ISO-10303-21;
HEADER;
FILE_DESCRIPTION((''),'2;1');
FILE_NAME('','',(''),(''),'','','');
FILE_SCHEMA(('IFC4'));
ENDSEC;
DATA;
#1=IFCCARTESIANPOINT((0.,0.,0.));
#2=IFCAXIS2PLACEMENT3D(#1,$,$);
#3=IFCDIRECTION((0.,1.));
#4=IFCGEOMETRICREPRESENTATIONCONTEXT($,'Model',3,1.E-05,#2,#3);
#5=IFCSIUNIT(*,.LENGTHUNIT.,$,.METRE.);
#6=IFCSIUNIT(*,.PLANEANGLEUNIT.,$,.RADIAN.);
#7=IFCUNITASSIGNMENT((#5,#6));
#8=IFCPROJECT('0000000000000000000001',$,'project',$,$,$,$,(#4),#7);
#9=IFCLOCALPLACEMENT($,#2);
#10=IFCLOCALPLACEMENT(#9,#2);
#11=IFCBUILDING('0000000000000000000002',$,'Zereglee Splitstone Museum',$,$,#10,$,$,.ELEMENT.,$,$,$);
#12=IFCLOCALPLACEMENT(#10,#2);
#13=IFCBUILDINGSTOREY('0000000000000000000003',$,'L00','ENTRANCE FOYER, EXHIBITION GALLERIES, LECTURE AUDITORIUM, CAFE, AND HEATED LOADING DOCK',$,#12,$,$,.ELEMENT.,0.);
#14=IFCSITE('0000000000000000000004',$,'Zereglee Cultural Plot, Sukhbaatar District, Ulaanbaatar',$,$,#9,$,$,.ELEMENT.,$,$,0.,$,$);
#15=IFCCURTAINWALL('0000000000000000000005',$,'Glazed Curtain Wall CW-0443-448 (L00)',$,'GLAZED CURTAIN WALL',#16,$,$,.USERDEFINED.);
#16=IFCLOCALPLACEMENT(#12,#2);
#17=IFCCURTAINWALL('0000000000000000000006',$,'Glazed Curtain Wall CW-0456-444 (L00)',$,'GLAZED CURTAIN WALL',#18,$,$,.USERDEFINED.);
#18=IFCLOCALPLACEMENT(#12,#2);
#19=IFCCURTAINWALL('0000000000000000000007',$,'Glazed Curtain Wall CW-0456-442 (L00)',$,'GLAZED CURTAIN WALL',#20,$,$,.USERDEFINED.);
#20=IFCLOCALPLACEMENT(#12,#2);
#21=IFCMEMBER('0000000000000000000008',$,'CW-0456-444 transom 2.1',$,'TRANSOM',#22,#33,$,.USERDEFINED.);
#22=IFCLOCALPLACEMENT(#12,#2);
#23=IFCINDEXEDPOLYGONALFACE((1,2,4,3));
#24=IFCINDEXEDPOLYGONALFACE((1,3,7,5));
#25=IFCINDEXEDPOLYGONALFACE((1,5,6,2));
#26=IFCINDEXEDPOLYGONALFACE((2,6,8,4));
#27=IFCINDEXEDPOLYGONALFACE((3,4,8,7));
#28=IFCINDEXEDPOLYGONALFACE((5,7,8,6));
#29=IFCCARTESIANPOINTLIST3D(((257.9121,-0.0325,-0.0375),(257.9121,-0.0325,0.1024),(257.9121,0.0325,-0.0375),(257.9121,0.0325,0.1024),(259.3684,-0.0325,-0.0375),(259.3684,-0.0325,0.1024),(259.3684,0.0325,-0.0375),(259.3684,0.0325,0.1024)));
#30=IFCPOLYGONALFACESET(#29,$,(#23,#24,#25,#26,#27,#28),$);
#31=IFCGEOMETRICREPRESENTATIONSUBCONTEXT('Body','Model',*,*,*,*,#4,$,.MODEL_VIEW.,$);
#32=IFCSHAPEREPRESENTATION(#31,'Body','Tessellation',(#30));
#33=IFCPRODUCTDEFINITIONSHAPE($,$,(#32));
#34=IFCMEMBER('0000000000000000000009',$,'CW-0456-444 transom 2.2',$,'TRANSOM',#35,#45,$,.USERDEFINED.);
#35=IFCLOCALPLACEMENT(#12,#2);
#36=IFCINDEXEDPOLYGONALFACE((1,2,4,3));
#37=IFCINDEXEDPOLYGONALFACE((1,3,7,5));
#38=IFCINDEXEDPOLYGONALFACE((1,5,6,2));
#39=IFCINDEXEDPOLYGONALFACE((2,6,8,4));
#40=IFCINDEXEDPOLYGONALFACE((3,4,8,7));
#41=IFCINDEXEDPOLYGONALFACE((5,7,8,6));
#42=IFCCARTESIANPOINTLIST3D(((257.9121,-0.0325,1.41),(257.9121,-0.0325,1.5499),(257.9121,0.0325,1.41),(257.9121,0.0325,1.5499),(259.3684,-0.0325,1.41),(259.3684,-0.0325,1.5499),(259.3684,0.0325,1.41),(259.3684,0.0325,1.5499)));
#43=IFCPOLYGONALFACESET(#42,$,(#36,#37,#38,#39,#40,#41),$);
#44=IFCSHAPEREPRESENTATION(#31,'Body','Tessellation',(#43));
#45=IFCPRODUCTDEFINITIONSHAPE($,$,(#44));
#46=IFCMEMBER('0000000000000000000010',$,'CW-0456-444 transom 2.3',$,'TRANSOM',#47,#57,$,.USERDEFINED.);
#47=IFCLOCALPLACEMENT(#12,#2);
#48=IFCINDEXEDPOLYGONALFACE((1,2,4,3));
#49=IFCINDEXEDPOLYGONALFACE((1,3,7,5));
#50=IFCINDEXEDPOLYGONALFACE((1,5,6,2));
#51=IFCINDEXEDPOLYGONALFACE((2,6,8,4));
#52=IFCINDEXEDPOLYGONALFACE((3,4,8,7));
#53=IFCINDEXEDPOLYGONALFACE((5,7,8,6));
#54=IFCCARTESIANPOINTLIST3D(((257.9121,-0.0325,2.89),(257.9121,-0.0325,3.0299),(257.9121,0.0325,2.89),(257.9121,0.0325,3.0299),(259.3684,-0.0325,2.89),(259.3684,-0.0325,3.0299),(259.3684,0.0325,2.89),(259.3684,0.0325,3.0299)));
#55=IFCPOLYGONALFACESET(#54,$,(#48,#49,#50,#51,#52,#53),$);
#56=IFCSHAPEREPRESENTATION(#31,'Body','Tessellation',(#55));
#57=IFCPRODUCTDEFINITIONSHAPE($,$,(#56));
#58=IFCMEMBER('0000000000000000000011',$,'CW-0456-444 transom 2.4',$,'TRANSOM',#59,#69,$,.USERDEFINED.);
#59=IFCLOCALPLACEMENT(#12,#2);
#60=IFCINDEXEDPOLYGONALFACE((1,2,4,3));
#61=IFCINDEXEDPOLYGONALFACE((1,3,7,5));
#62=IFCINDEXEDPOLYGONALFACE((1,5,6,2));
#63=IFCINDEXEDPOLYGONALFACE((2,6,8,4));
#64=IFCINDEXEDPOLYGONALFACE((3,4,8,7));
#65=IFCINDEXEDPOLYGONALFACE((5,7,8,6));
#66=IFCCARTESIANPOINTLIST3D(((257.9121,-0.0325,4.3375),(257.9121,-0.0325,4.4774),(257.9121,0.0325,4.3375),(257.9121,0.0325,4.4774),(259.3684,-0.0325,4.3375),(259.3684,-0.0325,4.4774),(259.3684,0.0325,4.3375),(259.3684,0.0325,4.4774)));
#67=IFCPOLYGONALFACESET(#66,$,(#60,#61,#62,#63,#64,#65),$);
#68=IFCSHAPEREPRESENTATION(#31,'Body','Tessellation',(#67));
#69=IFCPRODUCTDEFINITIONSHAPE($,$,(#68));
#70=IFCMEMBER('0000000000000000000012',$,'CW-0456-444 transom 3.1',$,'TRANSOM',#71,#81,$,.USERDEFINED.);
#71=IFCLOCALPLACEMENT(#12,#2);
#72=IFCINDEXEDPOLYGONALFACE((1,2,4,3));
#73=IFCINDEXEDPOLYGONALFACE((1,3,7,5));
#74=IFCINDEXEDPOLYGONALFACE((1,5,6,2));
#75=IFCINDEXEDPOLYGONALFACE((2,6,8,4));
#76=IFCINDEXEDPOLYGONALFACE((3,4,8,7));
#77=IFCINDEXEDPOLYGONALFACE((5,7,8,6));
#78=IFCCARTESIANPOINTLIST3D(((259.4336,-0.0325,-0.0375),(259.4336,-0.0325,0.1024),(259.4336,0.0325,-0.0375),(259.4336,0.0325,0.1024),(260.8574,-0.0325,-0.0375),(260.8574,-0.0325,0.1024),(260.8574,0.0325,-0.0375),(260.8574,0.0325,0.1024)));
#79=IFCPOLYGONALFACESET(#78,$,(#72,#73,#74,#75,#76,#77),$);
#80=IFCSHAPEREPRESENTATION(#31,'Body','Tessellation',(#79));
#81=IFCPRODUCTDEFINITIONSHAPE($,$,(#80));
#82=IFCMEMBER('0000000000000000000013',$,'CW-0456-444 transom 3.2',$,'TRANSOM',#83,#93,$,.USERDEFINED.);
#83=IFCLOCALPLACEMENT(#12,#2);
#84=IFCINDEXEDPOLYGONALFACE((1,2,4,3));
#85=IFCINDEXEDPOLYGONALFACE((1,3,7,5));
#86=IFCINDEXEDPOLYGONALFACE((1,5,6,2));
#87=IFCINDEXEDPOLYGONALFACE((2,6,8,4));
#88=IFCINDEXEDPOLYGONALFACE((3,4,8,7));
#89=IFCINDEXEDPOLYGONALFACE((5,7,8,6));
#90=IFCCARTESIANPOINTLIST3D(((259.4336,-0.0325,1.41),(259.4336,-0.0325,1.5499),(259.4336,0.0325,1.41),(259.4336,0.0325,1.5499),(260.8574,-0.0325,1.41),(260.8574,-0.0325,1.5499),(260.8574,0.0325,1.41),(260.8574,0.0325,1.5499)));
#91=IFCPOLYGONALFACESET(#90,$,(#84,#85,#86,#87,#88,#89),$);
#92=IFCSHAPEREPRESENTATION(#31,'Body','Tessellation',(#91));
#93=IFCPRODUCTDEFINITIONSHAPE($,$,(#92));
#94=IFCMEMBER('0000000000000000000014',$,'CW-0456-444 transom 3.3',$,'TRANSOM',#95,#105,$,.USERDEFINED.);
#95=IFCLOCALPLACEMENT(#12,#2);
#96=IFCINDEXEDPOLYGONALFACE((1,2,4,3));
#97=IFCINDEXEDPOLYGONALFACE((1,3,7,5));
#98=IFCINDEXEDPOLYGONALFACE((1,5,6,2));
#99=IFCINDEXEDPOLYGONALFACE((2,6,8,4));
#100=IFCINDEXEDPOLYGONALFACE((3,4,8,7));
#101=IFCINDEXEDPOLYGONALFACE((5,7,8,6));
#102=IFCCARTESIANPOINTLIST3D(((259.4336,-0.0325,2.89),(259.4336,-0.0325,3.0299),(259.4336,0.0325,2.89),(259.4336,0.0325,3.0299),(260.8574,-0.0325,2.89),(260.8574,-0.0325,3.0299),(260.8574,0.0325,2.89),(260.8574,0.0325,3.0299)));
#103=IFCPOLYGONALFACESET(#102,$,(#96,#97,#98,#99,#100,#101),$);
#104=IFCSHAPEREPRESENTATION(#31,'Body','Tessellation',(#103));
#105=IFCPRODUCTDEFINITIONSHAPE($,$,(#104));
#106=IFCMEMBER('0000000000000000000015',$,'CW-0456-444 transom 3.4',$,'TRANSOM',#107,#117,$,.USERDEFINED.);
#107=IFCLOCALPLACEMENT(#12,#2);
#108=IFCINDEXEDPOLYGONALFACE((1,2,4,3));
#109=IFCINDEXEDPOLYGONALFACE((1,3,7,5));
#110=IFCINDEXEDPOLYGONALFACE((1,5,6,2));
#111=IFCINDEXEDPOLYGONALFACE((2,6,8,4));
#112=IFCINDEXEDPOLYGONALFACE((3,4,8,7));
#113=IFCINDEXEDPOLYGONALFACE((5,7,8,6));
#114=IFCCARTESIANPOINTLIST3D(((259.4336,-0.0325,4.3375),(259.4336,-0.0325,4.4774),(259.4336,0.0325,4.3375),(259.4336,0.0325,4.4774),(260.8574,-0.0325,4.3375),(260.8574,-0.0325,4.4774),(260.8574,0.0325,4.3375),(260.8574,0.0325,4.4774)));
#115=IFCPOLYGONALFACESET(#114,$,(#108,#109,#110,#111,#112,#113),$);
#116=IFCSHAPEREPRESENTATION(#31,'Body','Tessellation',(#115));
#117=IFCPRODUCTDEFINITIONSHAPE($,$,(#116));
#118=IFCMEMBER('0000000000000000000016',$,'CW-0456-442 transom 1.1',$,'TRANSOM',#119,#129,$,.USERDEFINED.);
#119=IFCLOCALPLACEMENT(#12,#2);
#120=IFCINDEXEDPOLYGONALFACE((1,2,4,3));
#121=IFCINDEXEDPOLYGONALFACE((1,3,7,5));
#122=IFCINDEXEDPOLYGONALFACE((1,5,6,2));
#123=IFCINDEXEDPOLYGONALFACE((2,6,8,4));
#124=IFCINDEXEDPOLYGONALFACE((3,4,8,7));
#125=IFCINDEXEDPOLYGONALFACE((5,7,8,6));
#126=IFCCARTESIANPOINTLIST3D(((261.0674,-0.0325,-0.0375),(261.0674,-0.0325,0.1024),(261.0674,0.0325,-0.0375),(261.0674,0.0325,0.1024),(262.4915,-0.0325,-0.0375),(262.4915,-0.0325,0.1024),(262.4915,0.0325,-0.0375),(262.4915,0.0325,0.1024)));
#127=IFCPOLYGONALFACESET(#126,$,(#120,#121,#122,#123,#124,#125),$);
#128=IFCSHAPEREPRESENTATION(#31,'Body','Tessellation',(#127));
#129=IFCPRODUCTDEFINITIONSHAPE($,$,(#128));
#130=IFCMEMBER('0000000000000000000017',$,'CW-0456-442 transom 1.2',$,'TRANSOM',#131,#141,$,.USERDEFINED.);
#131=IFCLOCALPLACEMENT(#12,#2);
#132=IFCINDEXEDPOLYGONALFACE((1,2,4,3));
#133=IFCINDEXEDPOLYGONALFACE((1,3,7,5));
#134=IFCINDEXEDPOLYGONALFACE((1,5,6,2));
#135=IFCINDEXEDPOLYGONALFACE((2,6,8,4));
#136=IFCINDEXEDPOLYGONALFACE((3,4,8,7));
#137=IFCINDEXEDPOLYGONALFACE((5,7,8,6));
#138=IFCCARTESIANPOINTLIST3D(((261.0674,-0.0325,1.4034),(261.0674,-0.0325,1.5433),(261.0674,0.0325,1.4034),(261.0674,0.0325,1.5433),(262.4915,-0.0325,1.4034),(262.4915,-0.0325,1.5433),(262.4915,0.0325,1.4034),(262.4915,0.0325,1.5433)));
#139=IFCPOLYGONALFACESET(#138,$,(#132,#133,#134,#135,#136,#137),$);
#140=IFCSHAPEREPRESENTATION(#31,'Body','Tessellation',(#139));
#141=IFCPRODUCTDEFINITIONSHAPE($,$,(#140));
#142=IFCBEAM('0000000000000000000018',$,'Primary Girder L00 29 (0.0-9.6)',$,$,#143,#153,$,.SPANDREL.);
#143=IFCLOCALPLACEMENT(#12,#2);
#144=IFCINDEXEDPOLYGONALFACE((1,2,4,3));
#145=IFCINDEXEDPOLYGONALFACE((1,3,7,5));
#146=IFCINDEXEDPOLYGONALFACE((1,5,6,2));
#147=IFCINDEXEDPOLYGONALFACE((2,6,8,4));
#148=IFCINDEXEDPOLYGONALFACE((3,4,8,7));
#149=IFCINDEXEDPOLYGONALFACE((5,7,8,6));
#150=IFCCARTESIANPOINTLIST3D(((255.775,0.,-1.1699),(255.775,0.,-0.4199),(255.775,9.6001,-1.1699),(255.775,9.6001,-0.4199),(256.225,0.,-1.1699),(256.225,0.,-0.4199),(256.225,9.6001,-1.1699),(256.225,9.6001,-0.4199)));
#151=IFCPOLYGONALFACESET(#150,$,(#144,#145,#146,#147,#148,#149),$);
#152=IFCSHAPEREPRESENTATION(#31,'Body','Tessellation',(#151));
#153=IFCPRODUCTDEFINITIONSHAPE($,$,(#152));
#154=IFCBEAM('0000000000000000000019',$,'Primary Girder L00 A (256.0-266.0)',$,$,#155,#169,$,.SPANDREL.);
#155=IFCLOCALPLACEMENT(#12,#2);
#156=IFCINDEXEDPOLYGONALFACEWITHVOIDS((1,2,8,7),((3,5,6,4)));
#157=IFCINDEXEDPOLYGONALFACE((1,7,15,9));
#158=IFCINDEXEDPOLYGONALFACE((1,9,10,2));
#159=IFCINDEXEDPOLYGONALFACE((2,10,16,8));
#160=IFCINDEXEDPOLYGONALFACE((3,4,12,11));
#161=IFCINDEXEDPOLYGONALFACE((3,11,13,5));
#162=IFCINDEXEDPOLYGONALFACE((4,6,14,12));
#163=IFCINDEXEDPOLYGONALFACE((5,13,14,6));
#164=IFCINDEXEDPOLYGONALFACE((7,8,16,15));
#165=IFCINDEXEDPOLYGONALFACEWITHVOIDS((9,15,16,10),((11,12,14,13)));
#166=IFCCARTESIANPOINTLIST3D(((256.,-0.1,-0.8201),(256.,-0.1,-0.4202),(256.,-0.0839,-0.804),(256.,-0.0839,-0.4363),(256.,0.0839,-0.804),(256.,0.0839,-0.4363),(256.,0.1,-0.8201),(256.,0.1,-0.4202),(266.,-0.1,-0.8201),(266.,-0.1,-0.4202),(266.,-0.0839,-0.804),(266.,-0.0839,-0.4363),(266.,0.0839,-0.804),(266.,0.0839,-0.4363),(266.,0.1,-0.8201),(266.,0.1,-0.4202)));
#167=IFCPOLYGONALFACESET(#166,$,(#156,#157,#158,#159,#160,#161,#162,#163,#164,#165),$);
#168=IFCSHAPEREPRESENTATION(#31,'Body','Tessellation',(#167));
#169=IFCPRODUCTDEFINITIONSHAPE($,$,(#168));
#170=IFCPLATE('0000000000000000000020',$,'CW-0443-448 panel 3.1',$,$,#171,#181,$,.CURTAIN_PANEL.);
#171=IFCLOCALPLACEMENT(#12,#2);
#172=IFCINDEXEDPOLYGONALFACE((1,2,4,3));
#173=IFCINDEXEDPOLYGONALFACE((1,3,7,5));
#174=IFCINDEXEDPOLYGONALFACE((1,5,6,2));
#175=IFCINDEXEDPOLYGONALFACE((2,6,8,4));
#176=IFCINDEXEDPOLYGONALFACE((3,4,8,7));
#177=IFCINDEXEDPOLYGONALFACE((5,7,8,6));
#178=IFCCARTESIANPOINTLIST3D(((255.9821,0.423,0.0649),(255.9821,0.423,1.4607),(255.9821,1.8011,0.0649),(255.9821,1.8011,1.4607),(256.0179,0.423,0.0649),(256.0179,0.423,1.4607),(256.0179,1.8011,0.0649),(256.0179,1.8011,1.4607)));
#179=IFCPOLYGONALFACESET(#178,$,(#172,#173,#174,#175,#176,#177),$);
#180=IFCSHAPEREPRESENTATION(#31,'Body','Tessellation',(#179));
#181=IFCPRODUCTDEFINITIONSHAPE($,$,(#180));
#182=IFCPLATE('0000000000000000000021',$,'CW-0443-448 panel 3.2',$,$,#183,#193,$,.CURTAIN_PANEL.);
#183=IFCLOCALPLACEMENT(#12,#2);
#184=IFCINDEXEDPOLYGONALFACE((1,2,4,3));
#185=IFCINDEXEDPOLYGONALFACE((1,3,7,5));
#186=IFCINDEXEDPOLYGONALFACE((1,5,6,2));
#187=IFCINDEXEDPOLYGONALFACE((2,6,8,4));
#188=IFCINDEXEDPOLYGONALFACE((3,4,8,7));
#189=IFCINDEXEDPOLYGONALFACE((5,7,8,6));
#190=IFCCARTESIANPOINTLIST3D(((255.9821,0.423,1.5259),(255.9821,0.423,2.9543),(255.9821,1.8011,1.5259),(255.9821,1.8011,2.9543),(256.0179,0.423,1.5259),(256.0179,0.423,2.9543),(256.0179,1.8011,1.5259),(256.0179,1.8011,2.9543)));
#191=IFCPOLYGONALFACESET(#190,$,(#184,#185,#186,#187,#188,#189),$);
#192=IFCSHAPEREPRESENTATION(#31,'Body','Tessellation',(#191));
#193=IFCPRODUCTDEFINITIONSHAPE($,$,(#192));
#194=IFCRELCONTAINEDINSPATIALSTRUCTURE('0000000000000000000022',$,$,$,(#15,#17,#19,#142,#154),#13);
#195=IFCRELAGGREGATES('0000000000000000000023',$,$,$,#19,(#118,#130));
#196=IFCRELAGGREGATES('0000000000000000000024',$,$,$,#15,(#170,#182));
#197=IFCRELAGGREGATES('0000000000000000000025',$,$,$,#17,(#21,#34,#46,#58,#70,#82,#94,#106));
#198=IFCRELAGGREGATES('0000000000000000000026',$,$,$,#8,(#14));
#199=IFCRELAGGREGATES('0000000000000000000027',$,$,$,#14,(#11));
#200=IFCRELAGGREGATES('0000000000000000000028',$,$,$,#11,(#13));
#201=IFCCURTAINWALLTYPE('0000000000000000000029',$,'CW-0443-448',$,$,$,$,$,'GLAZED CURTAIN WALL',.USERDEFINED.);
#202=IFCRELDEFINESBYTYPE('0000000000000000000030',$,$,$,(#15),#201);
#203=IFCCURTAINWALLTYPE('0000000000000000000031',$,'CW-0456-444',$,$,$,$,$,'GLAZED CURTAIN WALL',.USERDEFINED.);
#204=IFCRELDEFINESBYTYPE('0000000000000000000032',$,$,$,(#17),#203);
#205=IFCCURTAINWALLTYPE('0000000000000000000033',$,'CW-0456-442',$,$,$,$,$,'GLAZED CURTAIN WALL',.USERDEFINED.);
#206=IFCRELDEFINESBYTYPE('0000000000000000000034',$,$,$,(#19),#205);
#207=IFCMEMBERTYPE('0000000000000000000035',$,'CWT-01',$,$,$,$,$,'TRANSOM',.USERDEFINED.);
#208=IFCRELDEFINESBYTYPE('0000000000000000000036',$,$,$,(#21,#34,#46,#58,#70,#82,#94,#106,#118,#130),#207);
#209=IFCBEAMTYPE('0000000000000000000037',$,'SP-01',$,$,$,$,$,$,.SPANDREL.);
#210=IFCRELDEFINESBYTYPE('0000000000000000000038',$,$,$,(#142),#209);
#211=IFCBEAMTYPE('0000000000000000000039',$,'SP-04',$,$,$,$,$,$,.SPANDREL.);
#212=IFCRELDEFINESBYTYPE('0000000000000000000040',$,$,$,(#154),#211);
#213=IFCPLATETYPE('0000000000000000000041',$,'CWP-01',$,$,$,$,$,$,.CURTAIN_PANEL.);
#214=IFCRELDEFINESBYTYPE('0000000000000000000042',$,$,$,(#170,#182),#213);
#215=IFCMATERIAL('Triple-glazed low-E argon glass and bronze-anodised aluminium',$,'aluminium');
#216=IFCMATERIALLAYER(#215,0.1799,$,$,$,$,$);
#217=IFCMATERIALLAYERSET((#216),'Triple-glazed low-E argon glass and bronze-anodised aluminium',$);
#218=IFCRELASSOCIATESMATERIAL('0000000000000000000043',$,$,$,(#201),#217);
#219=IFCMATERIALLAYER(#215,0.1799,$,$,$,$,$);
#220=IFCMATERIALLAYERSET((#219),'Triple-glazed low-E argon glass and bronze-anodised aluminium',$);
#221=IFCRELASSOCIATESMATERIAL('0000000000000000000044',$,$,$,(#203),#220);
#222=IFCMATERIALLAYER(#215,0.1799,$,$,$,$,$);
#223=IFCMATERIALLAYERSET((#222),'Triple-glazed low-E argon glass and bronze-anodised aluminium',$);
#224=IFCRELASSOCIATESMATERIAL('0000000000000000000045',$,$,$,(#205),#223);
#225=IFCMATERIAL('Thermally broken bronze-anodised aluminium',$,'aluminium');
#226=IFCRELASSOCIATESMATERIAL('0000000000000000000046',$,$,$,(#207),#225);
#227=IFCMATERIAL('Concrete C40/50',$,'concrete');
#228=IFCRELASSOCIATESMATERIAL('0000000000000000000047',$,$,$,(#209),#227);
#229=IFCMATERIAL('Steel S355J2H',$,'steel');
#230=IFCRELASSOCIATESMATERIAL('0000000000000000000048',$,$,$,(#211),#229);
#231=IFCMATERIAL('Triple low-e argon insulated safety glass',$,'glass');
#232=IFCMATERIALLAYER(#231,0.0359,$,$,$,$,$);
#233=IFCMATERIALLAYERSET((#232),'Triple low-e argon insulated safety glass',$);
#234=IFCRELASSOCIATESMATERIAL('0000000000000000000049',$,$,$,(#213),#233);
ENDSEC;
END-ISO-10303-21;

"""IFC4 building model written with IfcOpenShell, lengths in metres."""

from ifc_helpers import new_model, si_unit, direction, frame, origin, origin_2d, place, context, subcontext, project, spatial, rectangle, hollow_rectangle, extrude, material, layer, layer_set, material_profile, profile_set, type_object, element, aggregate, save


model = new_model("IFC4")

# Units and contexts
model_context = context("Model", 3, precision=1e-05, world=origin(), true_north=direction((0.0, 1.0)))
body_context = subcontext(model_context, "Body", "Model", "MODEL_VIEW")
ifc_project = project(units=[si_unit("LENGTHUNIT", "METRE"), si_unit("PLANEANGLEUNIT", "RADIAN")], contexts=[model_context])

# Site, building, storey
site_placement = place(None, origin())
site = spatial("IfcSite", under=ifc_project, at=site_placement, Name="Zereglee Cultural Plot, Sukhbaatar District, Ulaanbaatar", CompositionType="ELEMENT", RefElevation=0.0)
building_placement = place(site_placement, origin())
building = spatial("IfcBuilding", under=site, at=building_placement, Name="Zereglee Splitstone Museum", CompositionType="ELEMENT")
storey_placement = place(building_placement, origin())
storey = spatial("IfcBuildingStorey", under=building, at=storey_placement, Name="L00", Description="ENTRANCE FOYER, EXHIBITION GALLERIES, LECTURE AUDITORIUM, CAFE, AND HEATED LOADING DOCK", CompositionType="ELEMENT", Elevation=0.0)

# Curtain wall
ifc_material_1 = material(Name="Triple-glazed low-E argon glass and bronze-anodised aluminium", Category="aluminium")
ifc_layer_1 = layer(ifc_material_1, 0.1799)
ifc_layer_set_1 = layer_set([ifc_layer_1], Name="Triple-glazed low-E argon glass and bronze-anodised aluminium")
curtain_wall_type_1 = type_object("IfcCurtainWallType", Name="CW-0443-448", ElementType="GLAZED CURTAIN WALL", PredefinedType="USERDEFINED", material=ifc_layer_set_1)
curtain_wall_1_placement = place(storey_placement, origin())
curtain_wall_1 = element("IfcCurtainWall", 1, at=curtain_wall_1_placement, inside=storey, type_object=curtain_wall_type_1, Name="Glazed Curtain Wall CW-0443-448 (L00)", ObjectType="GLAZED CURTAIN WALL", PredefinedType="USERDEFINED")
ifc_material_2 = material(Name="Thermally broken bronze-anodised aluminium", Category="aluminium")

# Curtain wall
ifc_layer_2 = layer(ifc_material_1, 0.1799)
ifc_layer_set_2 = layer_set([ifc_layer_2], Name="Triple-glazed low-E argon glass and bronze-anodised aluminium")
curtain_wall_type_2 = type_object("IfcCurtainWallType", Name="CW-0456-444", ElementType="GLAZED CURTAIN WALL", PredefinedType="USERDEFINED", material=ifc_layer_set_2)
curtain_wall_2_placement = place(storey_placement, origin())
curtain_wall_2 = element("IfcCurtainWall", 2, at=curtain_wall_2_placement, inside=storey, type_object=curtain_wall_type_2, Name="Glazed Curtain Wall CW-0456-444 (L00)", ObjectType="GLAZED CURTAIN WALL", PredefinedType="USERDEFINED")

# Curtain wall
ifc_layer_3 = layer(ifc_material_1, 0.1799)
ifc_layer_set_3 = layer_set([ifc_layer_3], Name="Triple-glazed low-E argon glass and bronze-anodised aluminium")
curtain_wall_type_3 = type_object("IfcCurtainWallType", Name="CW-0456-442", ElementType="GLAZED CURTAIN WALL", PredefinedType="USERDEFINED", material=ifc_layer_set_3)
curtain_wall_3_placement = place(storey_placement, origin())
curtain_wall_3 = element("IfcCurtainWall", 3, at=curtain_wall_3_placement, inside=storey, type_object=curtain_wall_type_3, Name="Glazed Curtain Wall CW-0456-442 (L00)", ObjectType="GLAZED CURTAIN WALL", PredefinedType="USERDEFINED")

# Members
ifc_material_profile_1 = material_profile(ifc_material_2, rectangle(XDim=0.0649, YDim=0.1399, at=origin_2d()), Name="CW TRAN 65x140")
ifc_profile_set_1 = profile_set([ifc_material_profile_1], Name="Thermally broken bronze-anodised aluminium")
member_type_1 = type_object("IfcMemberType", Name="CWT-01", ElementType="TRANSOM", PredefinedType="USERDEFINED", material=ifc_profile_set_1)
member_1_placement = place(storey_placement, frame((257.9121, 0.0, 0.0325), z_axis=(1.0, 0.0, 0.0), x_axis=(0.0, 1.0, 0.0)))
member_1 = element("IfcMember", 4, at=member_1_placement, type_object=member_type_1, Name="CW-0456-444 transom 2.1", ObjectType="TRANSOM", PredefinedType="USERDEFINED", context=body_context, shape_type="SweptSolid", body=[
    extrude(rectangle(XDim=0.0649, YDim=0.1399, at=origin_2d()), origin(), (0.0, 0.0, 1.0), 1.4563),
])
member_2_placement = place(storey_placement, frame((257.9121, 0.0, 1.48), z_axis=(1.0, 0.0, 0.0), x_axis=(0.0, 1.0, 0.0)))
member_2 = element("IfcMember", 5, at=member_2_placement, type_object=member_type_1, Name="CW-0456-444 transom 2.2", ObjectType="TRANSOM", PredefinedType="USERDEFINED", context=body_context, shape_type="SweptSolid", body=[
    extrude(rectangle(XDim=0.0649, YDim=0.1399, at=origin_2d()), origin(), (0.0, 0.0, 1.0), 1.4563),
])
member_3_placement = place(storey_placement, frame((257.9121, 0.0, 2.96), z_axis=(1.0, 0.0, 0.0), x_axis=(0.0, 1.0, 0.0)))
member_3 = element("IfcMember", 6, at=member_3_placement, type_object=member_type_1, Name="CW-0456-444 transom 2.3", ObjectType="TRANSOM", PredefinedType="USERDEFINED", context=body_context, shape_type="SweptSolid", body=[
    extrude(rectangle(XDim=0.0649, YDim=0.1399, at=origin_2d()), origin(), (0.0, 0.0, 1.0), 1.4563),
])
member_4_placement = place(storey_placement, frame((257.9121, 0.0, 4.4075), z_axis=(1.0, 0.0, 0.0), x_axis=(0.0, 1.0, 0.0)))
member_4 = element("IfcMember", 7, at=member_4_placement, type_object=member_type_1, Name="CW-0456-444 transom 2.4", ObjectType="TRANSOM", PredefinedType="USERDEFINED", context=body_context, shape_type="SweptSolid", body=[
    extrude(rectangle(XDim=0.0649, YDim=0.1399, at=origin_2d()), origin(), (0.0, 0.0, 1.0), 1.4563),
])
member_5_placement = place(storey_placement, frame((259.4336, 0.0, 0.0325), z_axis=(1.0, 0.0, 0.0), x_axis=(0.0, 1.0, 0.0)))
member_5 = element("IfcMember", 8, at=member_5_placement, type_object=member_type_1, Name="CW-0456-444 transom 3.1", ObjectType="TRANSOM", PredefinedType="USERDEFINED", context=body_context, shape_type="SweptSolid", body=[
    extrude(rectangle(XDim=0.0649, YDim=0.1399, at=origin_2d()), origin(), (0.0, 0.0, 1.0), 1.4238),
])
member_6_placement = place(storey_placement, frame((259.4336, 0.0, 1.48), z_axis=(1.0, 0.0, 0.0), x_axis=(0.0, 1.0, 0.0)))
member_6 = element("IfcMember", 9, at=member_6_placement, type_object=member_type_1, Name="CW-0456-444 transom 3.2", ObjectType="TRANSOM", PredefinedType="USERDEFINED", context=body_context, shape_type="SweptSolid", body=[
    extrude(rectangle(XDim=0.0649, YDim=0.1399, at=origin_2d()), origin(), (0.0, 0.0, 1.0), 1.4238),
])
member_7_placement = place(storey_placement, frame((259.4336, 0.0, 2.96), z_axis=(1.0, 0.0, 0.0), x_axis=(0.0, 1.0, 0.0)))
member_7 = element("IfcMember", 10, at=member_7_placement, type_object=member_type_1, Name="CW-0456-444 transom 3.3", ObjectType="TRANSOM", PredefinedType="USERDEFINED", context=body_context, shape_type="SweptSolid", body=[
    extrude(rectangle(XDim=0.0649, YDim=0.1399, at=origin_2d()), origin(), (0.0, 0.0, 1.0), 1.4238),
])
member_8_placement = place(storey_placement, frame((259.4336, 0.0, 4.4075), z_axis=(1.0, 0.0, 0.0), x_axis=(0.0, 1.0, 0.0)))
member_8 = element("IfcMember", 11, at=member_8_placement, type_object=member_type_1, Name="CW-0456-444 transom 3.4", ObjectType="TRANSOM", PredefinedType="USERDEFINED", context=body_context, shape_type="SweptSolid", body=[
    extrude(rectangle(XDim=0.0649, YDim=0.1399, at=origin_2d()), origin(), (0.0, 0.0, 1.0), 1.4238),
])
member_9_placement = place(storey_placement, frame((261.0674, 0.0, 0.0325), z_axis=(1.0, 0.0, 0.0), x_axis=(0.0, 1.0, 0.0)))
member_9 = element("IfcMember", 12, at=member_9_placement, type_object=member_type_1, Name="CW-0456-442 transom 1.1", ObjectType="TRANSOM", PredefinedType="USERDEFINED", context=body_context, shape_type="SweptSolid", body=[
    extrude(rectangle(XDim=0.0649, YDim=0.1399, at=origin_2d()), origin(), (0.0, 0.0, 1.0), 1.4241),
])
member_10_placement = place(storey_placement, frame((261.0674, 0.0, 1.4734), z_axis=(1.0, 0.0, 0.0), x_axis=(0.0, 1.0, 0.0)))
member_10 = element("IfcMember", 13, at=member_10_placement, type_object=member_type_1, Name="CW-0456-442 transom 1.2", ObjectType="TRANSOM", PredefinedType="USERDEFINED", context=body_context, shape_type="SweptSolid", body=[
    extrude(rectangle(XDim=0.0649, YDim=0.1399, at=origin_2d()), origin(), (0.0, 0.0, 1.0), 1.4241),
])
aggregate(curtain_wall_3, [member_9, member_10])

# Beams
ifc_material_3 = material(Name="Concrete C40/50", Category="concrete")
ifc_material_profile_2 = material_profile(ifc_material_3, rectangle(XDim=0.45, YDim=0.75, at=origin_2d()), Name="RC 450x750")
ifc_profile_set_2 = profile_set([ifc_material_profile_2], Name="Concrete C40/50")
beam_type_1 = type_object("IfcBeamType", Name="SP-01", PredefinedType="SPANDREL", material=ifc_profile_set_2)
beam_1_placement = place(storey_placement, frame((256.0, 0.0, -0.7949), z_axis=(0.0, 1.0, 0.0), x_axis=(-1.0, 0.0, 0.0)))
element("IfcBeam", 14, at=beam_1_placement, inside=storey, type_object=beam_type_1, Name="Primary Girder L00 29 (0.0-9.6)", PredefinedType="SPANDREL", context=body_context, shape_type="SweptSolid", body=[
    extrude(rectangle(XDim=0.45, YDim=0.75, at=origin_2d()), origin(), (0.0, 0.0, 1.0), 9.6001),
])
ifc_material_4 = material(Name="Steel S355J2H", Category="steel")
ifc_material_profile_3 = material_profile(ifc_material_4, hollow_rectangle(XDim=0.2, YDim=0.3999, WallThickness=0.0161, at=origin_2d()), Name="RHS 400x200x16")
ifc_profile_set_3 = profile_set([ifc_material_profile_3], Name="Steel S355J2H")
beam_type_2 = type_object("IfcBeamType", Name="SP-04", PredefinedType="SPANDREL", material=ifc_profile_set_3)
beam_2_placement = place(storey_placement, frame((256.0, 0.0, -0.6201), z_axis=(1.0, 0.0, 0.0), x_axis=(0.0, 1.0, 0.0)))
element("IfcBeam", 15, at=beam_2_placement, inside=storey, type_object=beam_type_2, Name="Primary Girder L00 A (256.0-266.0)", PredefinedType="SPANDREL", context=body_context, shape_type="SweptSolid", body=[
    extrude(hollow_rectangle(XDim=0.2, YDim=0.3999, WallThickness=0.0161, at=origin_2d()), origin(), (0.0, 0.0, 1.0), 10.0),
])

# Plates
ifc_material_5 = material(Name="Triple low-e argon insulated safety glass", Category="glass")
ifc_layer_4 = layer(ifc_material_5, 0.0359)
ifc_layer_set_4 = layer_set([ifc_layer_4], Name="Triple low-e argon insulated safety glass")
plate_type = type_object("IfcPlateType", Name="CWP-01", PredefinedType="CURTAIN_PANEL", material=ifc_layer_set_4)
plate_1_placement = place(storey_placement, frame((256.0, 1.1121, 0.0649), z_axis=(0.0, 0.0, 1.0), x_axis=(0.0, -1.0, 0.0)))
plate_1 = element("IfcPlate", 16, at=plate_1_placement, type_object=plate_type, Name="CW-0443-448 panel 3.1", PredefinedType="CURTAIN_PANEL", context=body_context, shape_type="SweptSolid", body=[
    extrude(rectangle(XDim=1.3782, YDim=0.0359, at=origin_2d()), origin(), (0.0, 0.0, 1.0), 1.3958),
])
plate_2_placement = place(storey_placement, frame((256.0, 1.1121, 1.5259), z_axis=(0.0, 0.0, 1.0), x_axis=(0.0, -1.0, 0.0)))
plate_2 = element("IfcPlate", 17, at=plate_2_placement, type_object=plate_type, Name="CW-0443-448 panel 3.2", PredefinedType="CURTAIN_PANEL", context=body_context, shape_type="SweptSolid", body=[
    extrude(rectangle(XDim=1.3782, YDim=0.0359, at=origin_2d()), origin(), (0.0, 0.0, 1.0), 1.4285),
])
aggregate(curtain_wall_1, [plate_1, plate_2])
aggregate(curtain_wall_2, [member_1, member_2, member_3, member_4, member_5, member_6, member_7, member_8])

save(model, "model.ifc")
